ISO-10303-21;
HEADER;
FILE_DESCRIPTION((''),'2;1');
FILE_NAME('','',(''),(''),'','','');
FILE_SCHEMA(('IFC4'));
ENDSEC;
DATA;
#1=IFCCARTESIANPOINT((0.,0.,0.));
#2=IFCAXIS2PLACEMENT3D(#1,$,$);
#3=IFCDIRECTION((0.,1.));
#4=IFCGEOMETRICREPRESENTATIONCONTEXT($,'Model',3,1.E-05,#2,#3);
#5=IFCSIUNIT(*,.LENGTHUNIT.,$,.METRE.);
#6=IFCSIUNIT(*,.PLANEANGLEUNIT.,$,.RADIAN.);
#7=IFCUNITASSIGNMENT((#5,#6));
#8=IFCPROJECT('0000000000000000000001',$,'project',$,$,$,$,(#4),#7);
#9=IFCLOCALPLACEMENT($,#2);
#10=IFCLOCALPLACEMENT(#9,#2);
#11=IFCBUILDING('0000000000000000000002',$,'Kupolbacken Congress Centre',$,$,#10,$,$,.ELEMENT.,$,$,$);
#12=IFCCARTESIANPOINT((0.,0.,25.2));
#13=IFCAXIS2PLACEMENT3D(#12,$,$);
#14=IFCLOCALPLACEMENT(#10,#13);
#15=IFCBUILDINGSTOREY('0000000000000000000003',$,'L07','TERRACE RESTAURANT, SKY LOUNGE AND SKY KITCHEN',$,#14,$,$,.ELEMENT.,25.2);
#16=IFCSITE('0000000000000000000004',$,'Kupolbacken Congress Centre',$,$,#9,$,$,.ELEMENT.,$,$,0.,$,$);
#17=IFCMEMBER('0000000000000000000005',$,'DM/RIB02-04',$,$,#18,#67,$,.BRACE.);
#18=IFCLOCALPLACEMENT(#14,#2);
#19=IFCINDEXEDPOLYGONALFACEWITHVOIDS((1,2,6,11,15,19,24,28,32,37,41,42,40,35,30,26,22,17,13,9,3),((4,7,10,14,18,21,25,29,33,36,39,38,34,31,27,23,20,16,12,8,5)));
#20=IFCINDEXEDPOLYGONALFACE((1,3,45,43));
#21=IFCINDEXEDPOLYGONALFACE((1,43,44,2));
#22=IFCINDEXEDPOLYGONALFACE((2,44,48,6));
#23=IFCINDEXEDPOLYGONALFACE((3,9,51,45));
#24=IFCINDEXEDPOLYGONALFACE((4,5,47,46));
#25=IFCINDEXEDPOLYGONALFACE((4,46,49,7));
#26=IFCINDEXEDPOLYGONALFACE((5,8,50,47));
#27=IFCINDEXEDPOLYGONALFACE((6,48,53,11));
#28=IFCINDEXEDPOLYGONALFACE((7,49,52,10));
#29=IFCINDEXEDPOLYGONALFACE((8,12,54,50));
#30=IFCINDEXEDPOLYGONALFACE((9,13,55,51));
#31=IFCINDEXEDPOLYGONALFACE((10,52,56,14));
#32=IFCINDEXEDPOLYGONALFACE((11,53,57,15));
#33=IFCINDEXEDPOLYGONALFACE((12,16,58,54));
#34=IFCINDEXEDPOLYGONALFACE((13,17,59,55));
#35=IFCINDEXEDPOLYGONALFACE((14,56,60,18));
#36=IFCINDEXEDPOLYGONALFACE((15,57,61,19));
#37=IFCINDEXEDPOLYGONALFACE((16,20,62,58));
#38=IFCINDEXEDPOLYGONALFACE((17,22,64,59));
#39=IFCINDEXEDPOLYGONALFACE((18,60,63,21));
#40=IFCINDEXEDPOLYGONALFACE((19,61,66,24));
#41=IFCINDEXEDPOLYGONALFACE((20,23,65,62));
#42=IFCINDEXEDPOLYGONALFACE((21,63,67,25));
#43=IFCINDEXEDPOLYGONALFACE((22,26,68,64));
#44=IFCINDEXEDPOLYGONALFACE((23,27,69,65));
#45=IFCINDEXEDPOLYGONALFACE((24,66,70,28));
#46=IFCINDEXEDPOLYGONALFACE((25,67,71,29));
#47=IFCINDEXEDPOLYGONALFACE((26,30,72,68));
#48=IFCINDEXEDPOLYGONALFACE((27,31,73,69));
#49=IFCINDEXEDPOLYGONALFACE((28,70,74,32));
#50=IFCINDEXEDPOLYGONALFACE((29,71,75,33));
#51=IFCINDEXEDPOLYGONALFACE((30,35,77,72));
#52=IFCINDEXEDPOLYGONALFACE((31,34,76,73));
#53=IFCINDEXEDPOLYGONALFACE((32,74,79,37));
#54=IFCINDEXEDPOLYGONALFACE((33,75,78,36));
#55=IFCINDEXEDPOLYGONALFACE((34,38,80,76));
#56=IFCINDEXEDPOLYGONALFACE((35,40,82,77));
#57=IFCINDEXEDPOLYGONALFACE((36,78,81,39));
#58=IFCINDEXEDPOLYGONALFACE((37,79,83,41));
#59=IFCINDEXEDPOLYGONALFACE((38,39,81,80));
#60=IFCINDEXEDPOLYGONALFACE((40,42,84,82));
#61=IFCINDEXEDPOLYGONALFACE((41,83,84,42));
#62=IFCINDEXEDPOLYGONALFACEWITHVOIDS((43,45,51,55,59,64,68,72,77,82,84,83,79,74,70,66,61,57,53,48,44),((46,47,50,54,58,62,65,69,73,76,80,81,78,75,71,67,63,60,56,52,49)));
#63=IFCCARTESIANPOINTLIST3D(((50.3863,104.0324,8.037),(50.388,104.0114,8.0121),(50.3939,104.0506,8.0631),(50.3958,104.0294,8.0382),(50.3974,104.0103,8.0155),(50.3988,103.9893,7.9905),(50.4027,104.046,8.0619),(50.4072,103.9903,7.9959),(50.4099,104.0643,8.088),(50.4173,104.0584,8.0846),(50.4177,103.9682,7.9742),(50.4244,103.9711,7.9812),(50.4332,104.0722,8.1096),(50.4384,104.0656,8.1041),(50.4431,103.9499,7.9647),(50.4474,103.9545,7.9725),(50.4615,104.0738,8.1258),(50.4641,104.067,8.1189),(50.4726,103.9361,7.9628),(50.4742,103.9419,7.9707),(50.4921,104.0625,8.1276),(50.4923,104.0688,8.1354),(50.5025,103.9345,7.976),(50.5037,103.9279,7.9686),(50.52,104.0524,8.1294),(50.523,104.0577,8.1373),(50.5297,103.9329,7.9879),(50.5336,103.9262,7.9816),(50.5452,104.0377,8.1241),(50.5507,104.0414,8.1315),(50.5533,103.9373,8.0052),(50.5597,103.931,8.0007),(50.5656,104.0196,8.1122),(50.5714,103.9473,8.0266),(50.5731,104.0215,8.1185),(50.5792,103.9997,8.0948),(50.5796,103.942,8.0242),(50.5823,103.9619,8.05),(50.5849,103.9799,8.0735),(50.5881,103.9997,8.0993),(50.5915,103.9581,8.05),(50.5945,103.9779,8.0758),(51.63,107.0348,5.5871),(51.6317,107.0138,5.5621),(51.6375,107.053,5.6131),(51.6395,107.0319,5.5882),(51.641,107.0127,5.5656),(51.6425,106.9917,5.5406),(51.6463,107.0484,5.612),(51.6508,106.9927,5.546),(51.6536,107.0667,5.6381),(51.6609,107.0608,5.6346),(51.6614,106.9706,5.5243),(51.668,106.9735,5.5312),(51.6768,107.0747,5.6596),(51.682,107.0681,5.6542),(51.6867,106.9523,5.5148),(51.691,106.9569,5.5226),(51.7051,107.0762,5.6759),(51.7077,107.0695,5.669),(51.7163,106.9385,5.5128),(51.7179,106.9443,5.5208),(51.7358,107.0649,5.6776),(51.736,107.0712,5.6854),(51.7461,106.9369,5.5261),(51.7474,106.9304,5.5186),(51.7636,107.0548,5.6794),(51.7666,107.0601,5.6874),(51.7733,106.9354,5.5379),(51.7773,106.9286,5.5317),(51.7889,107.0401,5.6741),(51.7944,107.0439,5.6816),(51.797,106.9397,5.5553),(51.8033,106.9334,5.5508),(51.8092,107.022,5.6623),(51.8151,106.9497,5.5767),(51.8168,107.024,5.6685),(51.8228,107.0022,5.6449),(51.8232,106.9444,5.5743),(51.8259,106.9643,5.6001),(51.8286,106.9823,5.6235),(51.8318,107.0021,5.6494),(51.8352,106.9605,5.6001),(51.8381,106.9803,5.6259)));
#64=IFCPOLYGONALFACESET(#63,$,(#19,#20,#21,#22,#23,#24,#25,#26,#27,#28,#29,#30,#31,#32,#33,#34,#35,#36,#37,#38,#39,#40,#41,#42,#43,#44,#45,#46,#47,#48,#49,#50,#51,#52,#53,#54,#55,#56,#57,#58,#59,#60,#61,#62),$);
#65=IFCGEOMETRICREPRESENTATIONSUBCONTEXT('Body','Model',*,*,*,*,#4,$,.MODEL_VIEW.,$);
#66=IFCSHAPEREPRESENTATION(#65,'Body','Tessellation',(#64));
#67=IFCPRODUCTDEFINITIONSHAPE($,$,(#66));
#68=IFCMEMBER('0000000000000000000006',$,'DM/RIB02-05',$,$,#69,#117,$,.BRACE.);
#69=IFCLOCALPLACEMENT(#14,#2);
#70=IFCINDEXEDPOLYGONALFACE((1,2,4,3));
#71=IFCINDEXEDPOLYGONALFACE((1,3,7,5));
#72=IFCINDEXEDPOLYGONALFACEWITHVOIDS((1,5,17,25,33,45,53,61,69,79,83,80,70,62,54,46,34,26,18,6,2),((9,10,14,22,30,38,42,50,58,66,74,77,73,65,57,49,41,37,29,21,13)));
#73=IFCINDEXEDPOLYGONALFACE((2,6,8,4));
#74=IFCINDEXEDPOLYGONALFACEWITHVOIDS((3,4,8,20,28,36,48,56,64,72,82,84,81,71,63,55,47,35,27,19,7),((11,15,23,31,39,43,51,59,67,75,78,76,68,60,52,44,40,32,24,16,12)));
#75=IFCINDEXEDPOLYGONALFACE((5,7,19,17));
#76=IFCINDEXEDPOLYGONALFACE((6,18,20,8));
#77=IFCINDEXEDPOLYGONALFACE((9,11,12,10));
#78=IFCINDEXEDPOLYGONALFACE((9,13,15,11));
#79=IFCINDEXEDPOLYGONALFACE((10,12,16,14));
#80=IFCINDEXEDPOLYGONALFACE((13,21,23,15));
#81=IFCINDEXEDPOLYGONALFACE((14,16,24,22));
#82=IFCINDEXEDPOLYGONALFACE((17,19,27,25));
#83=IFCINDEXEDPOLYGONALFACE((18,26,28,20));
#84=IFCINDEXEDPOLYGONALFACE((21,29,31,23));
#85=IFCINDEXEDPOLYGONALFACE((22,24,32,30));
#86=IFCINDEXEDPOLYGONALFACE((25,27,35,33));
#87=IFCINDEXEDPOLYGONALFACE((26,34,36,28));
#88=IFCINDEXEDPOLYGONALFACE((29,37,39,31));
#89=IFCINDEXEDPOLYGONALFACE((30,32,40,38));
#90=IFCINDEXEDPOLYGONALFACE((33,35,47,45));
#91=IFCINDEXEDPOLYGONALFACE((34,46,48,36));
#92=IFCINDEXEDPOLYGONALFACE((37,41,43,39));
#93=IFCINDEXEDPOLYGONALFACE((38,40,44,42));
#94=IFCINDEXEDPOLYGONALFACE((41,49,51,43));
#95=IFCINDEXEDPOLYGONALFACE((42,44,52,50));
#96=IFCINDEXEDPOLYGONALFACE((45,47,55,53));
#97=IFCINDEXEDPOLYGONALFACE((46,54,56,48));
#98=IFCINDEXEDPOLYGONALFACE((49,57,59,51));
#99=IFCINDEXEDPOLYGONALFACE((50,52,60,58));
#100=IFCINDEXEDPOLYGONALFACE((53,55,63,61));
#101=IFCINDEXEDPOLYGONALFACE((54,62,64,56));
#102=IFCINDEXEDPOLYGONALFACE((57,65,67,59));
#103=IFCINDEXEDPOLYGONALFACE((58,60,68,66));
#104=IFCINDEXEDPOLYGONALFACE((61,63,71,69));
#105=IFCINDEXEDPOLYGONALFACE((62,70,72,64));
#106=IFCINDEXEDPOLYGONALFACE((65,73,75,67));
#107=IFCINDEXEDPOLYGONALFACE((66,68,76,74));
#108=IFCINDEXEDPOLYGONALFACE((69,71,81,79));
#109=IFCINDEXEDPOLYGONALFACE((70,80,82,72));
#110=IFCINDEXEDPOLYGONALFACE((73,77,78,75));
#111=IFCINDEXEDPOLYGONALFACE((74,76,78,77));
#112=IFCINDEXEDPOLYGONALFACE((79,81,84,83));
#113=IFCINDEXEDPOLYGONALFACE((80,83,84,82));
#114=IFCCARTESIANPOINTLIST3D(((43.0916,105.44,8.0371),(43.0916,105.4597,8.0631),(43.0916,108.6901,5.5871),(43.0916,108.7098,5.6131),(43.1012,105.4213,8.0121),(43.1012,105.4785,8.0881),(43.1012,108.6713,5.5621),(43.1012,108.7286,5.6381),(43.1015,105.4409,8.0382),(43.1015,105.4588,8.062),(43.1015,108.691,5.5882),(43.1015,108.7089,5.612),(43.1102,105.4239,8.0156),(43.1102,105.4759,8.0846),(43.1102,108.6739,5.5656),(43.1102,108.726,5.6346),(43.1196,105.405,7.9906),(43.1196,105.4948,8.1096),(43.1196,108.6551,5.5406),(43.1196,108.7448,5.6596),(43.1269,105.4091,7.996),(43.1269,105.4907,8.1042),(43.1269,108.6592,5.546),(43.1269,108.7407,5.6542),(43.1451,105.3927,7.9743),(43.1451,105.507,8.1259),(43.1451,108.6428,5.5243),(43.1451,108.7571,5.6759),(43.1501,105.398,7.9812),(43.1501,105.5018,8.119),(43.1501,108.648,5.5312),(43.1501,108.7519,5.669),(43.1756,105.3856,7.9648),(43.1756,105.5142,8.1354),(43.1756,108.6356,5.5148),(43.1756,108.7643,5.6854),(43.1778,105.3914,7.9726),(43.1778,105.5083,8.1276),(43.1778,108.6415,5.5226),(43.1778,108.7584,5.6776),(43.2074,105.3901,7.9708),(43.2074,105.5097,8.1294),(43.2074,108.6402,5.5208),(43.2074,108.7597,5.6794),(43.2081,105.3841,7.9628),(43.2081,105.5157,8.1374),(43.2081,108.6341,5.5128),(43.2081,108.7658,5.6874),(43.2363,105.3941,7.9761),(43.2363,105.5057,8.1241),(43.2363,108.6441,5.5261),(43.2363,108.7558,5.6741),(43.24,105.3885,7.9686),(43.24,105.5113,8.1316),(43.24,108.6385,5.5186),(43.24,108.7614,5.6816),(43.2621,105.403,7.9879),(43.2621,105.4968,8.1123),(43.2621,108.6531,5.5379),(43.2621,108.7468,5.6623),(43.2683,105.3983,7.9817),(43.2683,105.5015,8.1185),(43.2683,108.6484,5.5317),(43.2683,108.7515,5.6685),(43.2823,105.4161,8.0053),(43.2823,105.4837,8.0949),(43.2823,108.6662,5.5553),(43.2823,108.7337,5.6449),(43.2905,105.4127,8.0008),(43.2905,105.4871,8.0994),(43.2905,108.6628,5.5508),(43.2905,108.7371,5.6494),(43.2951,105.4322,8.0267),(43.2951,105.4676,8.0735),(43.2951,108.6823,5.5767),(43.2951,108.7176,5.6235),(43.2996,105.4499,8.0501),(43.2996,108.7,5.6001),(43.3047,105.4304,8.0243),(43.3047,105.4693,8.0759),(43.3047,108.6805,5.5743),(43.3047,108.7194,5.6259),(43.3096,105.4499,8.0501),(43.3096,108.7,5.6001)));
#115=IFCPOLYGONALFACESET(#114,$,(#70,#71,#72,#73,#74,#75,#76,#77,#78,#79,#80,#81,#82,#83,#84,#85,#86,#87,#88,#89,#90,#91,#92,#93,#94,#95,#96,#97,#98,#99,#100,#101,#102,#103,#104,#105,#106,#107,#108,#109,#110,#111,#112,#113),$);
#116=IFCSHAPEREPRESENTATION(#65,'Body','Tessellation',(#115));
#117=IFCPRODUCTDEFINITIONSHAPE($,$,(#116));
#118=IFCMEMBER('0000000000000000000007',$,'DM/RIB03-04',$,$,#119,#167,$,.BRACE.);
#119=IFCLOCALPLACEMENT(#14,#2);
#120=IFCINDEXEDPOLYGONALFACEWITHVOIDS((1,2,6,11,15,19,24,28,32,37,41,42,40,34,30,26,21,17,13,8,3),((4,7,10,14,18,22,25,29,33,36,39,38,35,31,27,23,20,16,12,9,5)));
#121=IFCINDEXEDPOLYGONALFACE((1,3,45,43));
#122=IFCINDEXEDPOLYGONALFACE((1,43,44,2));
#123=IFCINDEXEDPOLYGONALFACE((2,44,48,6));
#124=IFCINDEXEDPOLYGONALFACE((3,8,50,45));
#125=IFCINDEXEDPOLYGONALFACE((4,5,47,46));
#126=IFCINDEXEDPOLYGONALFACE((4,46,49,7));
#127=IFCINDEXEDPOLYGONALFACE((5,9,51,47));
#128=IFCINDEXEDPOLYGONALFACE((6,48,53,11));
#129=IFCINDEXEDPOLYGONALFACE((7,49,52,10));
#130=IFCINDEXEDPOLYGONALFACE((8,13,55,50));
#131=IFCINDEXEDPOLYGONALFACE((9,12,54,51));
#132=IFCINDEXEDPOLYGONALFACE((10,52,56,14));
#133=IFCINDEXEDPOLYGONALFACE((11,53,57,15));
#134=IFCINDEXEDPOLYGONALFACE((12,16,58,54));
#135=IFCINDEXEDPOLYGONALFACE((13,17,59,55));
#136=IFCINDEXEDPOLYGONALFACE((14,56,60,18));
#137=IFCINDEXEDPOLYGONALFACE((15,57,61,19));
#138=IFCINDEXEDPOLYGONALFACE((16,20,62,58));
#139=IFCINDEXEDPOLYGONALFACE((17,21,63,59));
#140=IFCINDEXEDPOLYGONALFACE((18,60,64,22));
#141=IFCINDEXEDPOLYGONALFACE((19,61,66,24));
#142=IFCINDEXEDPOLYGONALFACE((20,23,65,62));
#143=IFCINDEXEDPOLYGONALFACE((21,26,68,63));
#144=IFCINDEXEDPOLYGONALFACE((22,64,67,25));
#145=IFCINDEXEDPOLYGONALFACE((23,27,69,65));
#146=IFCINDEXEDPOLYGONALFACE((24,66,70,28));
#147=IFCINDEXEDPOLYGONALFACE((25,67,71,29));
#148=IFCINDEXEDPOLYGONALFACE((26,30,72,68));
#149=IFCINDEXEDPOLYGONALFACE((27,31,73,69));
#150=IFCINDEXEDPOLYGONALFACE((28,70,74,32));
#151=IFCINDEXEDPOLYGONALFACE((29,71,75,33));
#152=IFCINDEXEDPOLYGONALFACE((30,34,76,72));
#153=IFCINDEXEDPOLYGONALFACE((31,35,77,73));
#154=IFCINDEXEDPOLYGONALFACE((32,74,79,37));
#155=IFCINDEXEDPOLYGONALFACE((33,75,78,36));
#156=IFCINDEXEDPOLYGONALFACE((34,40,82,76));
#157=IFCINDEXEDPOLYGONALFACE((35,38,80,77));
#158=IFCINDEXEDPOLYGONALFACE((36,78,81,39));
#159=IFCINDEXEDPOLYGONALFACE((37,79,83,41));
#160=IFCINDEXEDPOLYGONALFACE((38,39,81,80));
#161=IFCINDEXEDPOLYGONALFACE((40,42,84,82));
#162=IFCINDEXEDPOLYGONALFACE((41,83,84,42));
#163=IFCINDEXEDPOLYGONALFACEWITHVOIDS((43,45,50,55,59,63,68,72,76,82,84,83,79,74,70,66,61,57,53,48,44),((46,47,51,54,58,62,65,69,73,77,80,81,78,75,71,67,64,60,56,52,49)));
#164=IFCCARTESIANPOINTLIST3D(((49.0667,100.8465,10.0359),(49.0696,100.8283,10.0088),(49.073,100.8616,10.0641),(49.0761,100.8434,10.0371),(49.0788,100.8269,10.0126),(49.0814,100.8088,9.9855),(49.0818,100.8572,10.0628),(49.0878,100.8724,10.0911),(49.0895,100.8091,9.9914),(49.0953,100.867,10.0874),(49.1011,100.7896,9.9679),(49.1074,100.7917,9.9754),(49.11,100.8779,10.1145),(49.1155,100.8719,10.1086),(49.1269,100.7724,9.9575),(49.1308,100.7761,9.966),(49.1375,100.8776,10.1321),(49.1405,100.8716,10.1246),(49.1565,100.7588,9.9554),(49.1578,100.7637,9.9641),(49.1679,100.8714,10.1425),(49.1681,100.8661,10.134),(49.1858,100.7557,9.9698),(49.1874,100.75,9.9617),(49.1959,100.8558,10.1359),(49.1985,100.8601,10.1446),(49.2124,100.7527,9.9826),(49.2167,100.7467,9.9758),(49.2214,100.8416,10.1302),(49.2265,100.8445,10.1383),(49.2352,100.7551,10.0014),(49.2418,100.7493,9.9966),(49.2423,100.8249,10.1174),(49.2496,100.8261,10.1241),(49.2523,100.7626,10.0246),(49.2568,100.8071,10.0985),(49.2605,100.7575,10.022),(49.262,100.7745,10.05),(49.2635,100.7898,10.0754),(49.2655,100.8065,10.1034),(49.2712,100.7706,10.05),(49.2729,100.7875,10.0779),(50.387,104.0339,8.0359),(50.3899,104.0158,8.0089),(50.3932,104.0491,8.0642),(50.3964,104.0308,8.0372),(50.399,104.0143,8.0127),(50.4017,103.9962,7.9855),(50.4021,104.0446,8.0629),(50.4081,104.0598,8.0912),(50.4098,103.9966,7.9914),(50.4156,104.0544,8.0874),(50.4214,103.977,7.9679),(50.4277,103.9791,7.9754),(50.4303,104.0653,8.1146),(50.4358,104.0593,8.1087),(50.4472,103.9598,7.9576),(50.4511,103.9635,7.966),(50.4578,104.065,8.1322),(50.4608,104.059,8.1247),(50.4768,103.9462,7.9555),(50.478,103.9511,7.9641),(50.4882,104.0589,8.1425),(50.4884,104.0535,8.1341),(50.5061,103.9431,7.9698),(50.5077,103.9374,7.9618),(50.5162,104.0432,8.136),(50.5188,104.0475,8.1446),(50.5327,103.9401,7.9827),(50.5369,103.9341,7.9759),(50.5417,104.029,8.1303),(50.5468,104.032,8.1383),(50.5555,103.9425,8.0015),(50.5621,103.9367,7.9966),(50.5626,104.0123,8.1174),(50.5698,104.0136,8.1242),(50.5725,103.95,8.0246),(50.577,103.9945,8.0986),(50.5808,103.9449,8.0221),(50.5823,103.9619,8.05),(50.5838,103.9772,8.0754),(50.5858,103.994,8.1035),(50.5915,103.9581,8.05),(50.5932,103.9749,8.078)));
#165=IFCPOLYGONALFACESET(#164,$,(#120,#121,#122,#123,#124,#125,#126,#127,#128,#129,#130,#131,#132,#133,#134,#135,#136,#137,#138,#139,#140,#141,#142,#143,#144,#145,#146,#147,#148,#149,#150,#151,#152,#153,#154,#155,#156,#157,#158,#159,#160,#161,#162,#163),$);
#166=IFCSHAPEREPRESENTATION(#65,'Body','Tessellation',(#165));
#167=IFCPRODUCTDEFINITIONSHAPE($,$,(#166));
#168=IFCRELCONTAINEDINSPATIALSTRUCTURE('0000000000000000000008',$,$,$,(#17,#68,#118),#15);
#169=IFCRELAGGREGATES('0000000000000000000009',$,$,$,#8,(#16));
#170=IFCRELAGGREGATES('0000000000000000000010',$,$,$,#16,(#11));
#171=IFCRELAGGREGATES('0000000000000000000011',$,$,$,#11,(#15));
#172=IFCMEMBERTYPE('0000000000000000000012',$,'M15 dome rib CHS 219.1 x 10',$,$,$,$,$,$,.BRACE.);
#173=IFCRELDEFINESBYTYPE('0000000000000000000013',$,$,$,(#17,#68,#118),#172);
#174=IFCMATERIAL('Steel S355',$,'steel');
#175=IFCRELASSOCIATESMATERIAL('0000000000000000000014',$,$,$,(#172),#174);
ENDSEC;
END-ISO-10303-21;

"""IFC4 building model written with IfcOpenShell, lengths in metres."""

from ifc_helpers import new_model, si_unit, direction, frame, origin, origin_2d, place, context, subcontext, project, spatial, hollow_circle, extrude, material, material_profile, profile_set, type_object, element, save


model = new_model("IFC4")

# Units and contexts
model_context = context("Model", 3, precision=1e-05, world=origin(), true_north=direction((0.0, 1.0)))
body_context = subcontext(model_context, "Body", "Model", "MODEL_VIEW")
ifc_project = project(units=[si_unit("LENGTHUNIT", "METRE"), si_unit("PLANEANGLEUNIT", "RADIAN")], contexts=[model_context])

# Site, building, storey
site_placement = place(None, origin())
site = spatial("IfcSite", under=ifc_project, at=site_placement, Name="Kupolbacken Congress Centre", CompositionType="ELEMENT", RefElevation=0.0)
building_placement = place(site_placement, origin())
building = spatial("IfcBuilding", under=site, at=building_placement, Name="Kupolbacken Congress Centre", CompositionType="ELEMENT")
storey_placement = place(building_placement, frame((0.0, 0.0, 25.2)))
storey = spatial("IfcBuildingStorey", under=building, at=storey_placement, Name="L07", Description="TERRACE RESTAURANT, SKY LOUNGE AND SKY KITCHEN", CompositionType="ELEMENT", Elevation=25.2)

# Members
ifc_material_1 = material(Name="Steel S355", Category="steel")
ifc_material_profile_1 = material_profile(ifc_material_1, hollow_circle(Radius=0.1096, WallThickness=0.01, at=origin_2d()), Name="CHS 219.1 x 10")
ifc_profile_set_1 = profile_set([ifc_material_profile_1], Name="Steel S355")
member_type_1 = type_object("IfcMemberType", Name="M15 dome rib CHS 219.1 x 10", PredefinedType="BRACE", material=ifc_profile_set_1)
member_1_placement = place(storey_placement, frame((51.7339, 107.0024, 5.6001), z_axis=(-0.305578, -0.73773, 0.601977), x_axis=(0.923879, -0.382684, 0.0)))
element("IfcMember", 1, at=member_1_placement, inside=storey, type_object=member_type_1, Name="DM/RIB02-04", PredefinedType="BRACE", context=body_context, shape_type="SweptSolid", body=[
    extrude(hollow_circle(Radius=0.1096, WallThickness=0.01, at=origin_2d()), origin(), (0.0, 0.0, 1.0), 4.0698),
])
member_2_placement = place(storey_placement, frame((43.2, 108.7, 5.6001), z_axis=(0.0, -0.798529, 0.601956), x_axis=(1.0, 0.0, 0.0)))
element("IfcMember", 2, at=member_2_placement, inside=storey, type_object=member_type_1, Name="DM/RIB02-05", PredefinedType="BRACE", context=body_context, shape_type="SweptSolid", body=[
    extrude(hollow_circle(Radius=0.1096, WallThickness=0.01, at=origin_2d()), origin(), (0.0, 0.0, 1.0), 4.0701),
])
member_3_placement = place(storey_placement, frame((50.4902, 104.0, 8.05), z_axis=(-0.331079, -0.799292, 0.501517), x_axis=(0.923879, -0.382685, 0.0)))
element("IfcMember", 3, at=member_3_placement, inside=storey, type_object=member_type_1, Name="DM/RIB03-04", PredefinedType="BRACE", context=body_context, shape_type="SweptSolid", body=[
    extrude(hollow_circle(Radius=0.1096, WallThickness=0.01, at=origin_2d()), origin(), (0.0, 0.0, 1.0), 3.9878),
])

save(model, "model.ifc")
